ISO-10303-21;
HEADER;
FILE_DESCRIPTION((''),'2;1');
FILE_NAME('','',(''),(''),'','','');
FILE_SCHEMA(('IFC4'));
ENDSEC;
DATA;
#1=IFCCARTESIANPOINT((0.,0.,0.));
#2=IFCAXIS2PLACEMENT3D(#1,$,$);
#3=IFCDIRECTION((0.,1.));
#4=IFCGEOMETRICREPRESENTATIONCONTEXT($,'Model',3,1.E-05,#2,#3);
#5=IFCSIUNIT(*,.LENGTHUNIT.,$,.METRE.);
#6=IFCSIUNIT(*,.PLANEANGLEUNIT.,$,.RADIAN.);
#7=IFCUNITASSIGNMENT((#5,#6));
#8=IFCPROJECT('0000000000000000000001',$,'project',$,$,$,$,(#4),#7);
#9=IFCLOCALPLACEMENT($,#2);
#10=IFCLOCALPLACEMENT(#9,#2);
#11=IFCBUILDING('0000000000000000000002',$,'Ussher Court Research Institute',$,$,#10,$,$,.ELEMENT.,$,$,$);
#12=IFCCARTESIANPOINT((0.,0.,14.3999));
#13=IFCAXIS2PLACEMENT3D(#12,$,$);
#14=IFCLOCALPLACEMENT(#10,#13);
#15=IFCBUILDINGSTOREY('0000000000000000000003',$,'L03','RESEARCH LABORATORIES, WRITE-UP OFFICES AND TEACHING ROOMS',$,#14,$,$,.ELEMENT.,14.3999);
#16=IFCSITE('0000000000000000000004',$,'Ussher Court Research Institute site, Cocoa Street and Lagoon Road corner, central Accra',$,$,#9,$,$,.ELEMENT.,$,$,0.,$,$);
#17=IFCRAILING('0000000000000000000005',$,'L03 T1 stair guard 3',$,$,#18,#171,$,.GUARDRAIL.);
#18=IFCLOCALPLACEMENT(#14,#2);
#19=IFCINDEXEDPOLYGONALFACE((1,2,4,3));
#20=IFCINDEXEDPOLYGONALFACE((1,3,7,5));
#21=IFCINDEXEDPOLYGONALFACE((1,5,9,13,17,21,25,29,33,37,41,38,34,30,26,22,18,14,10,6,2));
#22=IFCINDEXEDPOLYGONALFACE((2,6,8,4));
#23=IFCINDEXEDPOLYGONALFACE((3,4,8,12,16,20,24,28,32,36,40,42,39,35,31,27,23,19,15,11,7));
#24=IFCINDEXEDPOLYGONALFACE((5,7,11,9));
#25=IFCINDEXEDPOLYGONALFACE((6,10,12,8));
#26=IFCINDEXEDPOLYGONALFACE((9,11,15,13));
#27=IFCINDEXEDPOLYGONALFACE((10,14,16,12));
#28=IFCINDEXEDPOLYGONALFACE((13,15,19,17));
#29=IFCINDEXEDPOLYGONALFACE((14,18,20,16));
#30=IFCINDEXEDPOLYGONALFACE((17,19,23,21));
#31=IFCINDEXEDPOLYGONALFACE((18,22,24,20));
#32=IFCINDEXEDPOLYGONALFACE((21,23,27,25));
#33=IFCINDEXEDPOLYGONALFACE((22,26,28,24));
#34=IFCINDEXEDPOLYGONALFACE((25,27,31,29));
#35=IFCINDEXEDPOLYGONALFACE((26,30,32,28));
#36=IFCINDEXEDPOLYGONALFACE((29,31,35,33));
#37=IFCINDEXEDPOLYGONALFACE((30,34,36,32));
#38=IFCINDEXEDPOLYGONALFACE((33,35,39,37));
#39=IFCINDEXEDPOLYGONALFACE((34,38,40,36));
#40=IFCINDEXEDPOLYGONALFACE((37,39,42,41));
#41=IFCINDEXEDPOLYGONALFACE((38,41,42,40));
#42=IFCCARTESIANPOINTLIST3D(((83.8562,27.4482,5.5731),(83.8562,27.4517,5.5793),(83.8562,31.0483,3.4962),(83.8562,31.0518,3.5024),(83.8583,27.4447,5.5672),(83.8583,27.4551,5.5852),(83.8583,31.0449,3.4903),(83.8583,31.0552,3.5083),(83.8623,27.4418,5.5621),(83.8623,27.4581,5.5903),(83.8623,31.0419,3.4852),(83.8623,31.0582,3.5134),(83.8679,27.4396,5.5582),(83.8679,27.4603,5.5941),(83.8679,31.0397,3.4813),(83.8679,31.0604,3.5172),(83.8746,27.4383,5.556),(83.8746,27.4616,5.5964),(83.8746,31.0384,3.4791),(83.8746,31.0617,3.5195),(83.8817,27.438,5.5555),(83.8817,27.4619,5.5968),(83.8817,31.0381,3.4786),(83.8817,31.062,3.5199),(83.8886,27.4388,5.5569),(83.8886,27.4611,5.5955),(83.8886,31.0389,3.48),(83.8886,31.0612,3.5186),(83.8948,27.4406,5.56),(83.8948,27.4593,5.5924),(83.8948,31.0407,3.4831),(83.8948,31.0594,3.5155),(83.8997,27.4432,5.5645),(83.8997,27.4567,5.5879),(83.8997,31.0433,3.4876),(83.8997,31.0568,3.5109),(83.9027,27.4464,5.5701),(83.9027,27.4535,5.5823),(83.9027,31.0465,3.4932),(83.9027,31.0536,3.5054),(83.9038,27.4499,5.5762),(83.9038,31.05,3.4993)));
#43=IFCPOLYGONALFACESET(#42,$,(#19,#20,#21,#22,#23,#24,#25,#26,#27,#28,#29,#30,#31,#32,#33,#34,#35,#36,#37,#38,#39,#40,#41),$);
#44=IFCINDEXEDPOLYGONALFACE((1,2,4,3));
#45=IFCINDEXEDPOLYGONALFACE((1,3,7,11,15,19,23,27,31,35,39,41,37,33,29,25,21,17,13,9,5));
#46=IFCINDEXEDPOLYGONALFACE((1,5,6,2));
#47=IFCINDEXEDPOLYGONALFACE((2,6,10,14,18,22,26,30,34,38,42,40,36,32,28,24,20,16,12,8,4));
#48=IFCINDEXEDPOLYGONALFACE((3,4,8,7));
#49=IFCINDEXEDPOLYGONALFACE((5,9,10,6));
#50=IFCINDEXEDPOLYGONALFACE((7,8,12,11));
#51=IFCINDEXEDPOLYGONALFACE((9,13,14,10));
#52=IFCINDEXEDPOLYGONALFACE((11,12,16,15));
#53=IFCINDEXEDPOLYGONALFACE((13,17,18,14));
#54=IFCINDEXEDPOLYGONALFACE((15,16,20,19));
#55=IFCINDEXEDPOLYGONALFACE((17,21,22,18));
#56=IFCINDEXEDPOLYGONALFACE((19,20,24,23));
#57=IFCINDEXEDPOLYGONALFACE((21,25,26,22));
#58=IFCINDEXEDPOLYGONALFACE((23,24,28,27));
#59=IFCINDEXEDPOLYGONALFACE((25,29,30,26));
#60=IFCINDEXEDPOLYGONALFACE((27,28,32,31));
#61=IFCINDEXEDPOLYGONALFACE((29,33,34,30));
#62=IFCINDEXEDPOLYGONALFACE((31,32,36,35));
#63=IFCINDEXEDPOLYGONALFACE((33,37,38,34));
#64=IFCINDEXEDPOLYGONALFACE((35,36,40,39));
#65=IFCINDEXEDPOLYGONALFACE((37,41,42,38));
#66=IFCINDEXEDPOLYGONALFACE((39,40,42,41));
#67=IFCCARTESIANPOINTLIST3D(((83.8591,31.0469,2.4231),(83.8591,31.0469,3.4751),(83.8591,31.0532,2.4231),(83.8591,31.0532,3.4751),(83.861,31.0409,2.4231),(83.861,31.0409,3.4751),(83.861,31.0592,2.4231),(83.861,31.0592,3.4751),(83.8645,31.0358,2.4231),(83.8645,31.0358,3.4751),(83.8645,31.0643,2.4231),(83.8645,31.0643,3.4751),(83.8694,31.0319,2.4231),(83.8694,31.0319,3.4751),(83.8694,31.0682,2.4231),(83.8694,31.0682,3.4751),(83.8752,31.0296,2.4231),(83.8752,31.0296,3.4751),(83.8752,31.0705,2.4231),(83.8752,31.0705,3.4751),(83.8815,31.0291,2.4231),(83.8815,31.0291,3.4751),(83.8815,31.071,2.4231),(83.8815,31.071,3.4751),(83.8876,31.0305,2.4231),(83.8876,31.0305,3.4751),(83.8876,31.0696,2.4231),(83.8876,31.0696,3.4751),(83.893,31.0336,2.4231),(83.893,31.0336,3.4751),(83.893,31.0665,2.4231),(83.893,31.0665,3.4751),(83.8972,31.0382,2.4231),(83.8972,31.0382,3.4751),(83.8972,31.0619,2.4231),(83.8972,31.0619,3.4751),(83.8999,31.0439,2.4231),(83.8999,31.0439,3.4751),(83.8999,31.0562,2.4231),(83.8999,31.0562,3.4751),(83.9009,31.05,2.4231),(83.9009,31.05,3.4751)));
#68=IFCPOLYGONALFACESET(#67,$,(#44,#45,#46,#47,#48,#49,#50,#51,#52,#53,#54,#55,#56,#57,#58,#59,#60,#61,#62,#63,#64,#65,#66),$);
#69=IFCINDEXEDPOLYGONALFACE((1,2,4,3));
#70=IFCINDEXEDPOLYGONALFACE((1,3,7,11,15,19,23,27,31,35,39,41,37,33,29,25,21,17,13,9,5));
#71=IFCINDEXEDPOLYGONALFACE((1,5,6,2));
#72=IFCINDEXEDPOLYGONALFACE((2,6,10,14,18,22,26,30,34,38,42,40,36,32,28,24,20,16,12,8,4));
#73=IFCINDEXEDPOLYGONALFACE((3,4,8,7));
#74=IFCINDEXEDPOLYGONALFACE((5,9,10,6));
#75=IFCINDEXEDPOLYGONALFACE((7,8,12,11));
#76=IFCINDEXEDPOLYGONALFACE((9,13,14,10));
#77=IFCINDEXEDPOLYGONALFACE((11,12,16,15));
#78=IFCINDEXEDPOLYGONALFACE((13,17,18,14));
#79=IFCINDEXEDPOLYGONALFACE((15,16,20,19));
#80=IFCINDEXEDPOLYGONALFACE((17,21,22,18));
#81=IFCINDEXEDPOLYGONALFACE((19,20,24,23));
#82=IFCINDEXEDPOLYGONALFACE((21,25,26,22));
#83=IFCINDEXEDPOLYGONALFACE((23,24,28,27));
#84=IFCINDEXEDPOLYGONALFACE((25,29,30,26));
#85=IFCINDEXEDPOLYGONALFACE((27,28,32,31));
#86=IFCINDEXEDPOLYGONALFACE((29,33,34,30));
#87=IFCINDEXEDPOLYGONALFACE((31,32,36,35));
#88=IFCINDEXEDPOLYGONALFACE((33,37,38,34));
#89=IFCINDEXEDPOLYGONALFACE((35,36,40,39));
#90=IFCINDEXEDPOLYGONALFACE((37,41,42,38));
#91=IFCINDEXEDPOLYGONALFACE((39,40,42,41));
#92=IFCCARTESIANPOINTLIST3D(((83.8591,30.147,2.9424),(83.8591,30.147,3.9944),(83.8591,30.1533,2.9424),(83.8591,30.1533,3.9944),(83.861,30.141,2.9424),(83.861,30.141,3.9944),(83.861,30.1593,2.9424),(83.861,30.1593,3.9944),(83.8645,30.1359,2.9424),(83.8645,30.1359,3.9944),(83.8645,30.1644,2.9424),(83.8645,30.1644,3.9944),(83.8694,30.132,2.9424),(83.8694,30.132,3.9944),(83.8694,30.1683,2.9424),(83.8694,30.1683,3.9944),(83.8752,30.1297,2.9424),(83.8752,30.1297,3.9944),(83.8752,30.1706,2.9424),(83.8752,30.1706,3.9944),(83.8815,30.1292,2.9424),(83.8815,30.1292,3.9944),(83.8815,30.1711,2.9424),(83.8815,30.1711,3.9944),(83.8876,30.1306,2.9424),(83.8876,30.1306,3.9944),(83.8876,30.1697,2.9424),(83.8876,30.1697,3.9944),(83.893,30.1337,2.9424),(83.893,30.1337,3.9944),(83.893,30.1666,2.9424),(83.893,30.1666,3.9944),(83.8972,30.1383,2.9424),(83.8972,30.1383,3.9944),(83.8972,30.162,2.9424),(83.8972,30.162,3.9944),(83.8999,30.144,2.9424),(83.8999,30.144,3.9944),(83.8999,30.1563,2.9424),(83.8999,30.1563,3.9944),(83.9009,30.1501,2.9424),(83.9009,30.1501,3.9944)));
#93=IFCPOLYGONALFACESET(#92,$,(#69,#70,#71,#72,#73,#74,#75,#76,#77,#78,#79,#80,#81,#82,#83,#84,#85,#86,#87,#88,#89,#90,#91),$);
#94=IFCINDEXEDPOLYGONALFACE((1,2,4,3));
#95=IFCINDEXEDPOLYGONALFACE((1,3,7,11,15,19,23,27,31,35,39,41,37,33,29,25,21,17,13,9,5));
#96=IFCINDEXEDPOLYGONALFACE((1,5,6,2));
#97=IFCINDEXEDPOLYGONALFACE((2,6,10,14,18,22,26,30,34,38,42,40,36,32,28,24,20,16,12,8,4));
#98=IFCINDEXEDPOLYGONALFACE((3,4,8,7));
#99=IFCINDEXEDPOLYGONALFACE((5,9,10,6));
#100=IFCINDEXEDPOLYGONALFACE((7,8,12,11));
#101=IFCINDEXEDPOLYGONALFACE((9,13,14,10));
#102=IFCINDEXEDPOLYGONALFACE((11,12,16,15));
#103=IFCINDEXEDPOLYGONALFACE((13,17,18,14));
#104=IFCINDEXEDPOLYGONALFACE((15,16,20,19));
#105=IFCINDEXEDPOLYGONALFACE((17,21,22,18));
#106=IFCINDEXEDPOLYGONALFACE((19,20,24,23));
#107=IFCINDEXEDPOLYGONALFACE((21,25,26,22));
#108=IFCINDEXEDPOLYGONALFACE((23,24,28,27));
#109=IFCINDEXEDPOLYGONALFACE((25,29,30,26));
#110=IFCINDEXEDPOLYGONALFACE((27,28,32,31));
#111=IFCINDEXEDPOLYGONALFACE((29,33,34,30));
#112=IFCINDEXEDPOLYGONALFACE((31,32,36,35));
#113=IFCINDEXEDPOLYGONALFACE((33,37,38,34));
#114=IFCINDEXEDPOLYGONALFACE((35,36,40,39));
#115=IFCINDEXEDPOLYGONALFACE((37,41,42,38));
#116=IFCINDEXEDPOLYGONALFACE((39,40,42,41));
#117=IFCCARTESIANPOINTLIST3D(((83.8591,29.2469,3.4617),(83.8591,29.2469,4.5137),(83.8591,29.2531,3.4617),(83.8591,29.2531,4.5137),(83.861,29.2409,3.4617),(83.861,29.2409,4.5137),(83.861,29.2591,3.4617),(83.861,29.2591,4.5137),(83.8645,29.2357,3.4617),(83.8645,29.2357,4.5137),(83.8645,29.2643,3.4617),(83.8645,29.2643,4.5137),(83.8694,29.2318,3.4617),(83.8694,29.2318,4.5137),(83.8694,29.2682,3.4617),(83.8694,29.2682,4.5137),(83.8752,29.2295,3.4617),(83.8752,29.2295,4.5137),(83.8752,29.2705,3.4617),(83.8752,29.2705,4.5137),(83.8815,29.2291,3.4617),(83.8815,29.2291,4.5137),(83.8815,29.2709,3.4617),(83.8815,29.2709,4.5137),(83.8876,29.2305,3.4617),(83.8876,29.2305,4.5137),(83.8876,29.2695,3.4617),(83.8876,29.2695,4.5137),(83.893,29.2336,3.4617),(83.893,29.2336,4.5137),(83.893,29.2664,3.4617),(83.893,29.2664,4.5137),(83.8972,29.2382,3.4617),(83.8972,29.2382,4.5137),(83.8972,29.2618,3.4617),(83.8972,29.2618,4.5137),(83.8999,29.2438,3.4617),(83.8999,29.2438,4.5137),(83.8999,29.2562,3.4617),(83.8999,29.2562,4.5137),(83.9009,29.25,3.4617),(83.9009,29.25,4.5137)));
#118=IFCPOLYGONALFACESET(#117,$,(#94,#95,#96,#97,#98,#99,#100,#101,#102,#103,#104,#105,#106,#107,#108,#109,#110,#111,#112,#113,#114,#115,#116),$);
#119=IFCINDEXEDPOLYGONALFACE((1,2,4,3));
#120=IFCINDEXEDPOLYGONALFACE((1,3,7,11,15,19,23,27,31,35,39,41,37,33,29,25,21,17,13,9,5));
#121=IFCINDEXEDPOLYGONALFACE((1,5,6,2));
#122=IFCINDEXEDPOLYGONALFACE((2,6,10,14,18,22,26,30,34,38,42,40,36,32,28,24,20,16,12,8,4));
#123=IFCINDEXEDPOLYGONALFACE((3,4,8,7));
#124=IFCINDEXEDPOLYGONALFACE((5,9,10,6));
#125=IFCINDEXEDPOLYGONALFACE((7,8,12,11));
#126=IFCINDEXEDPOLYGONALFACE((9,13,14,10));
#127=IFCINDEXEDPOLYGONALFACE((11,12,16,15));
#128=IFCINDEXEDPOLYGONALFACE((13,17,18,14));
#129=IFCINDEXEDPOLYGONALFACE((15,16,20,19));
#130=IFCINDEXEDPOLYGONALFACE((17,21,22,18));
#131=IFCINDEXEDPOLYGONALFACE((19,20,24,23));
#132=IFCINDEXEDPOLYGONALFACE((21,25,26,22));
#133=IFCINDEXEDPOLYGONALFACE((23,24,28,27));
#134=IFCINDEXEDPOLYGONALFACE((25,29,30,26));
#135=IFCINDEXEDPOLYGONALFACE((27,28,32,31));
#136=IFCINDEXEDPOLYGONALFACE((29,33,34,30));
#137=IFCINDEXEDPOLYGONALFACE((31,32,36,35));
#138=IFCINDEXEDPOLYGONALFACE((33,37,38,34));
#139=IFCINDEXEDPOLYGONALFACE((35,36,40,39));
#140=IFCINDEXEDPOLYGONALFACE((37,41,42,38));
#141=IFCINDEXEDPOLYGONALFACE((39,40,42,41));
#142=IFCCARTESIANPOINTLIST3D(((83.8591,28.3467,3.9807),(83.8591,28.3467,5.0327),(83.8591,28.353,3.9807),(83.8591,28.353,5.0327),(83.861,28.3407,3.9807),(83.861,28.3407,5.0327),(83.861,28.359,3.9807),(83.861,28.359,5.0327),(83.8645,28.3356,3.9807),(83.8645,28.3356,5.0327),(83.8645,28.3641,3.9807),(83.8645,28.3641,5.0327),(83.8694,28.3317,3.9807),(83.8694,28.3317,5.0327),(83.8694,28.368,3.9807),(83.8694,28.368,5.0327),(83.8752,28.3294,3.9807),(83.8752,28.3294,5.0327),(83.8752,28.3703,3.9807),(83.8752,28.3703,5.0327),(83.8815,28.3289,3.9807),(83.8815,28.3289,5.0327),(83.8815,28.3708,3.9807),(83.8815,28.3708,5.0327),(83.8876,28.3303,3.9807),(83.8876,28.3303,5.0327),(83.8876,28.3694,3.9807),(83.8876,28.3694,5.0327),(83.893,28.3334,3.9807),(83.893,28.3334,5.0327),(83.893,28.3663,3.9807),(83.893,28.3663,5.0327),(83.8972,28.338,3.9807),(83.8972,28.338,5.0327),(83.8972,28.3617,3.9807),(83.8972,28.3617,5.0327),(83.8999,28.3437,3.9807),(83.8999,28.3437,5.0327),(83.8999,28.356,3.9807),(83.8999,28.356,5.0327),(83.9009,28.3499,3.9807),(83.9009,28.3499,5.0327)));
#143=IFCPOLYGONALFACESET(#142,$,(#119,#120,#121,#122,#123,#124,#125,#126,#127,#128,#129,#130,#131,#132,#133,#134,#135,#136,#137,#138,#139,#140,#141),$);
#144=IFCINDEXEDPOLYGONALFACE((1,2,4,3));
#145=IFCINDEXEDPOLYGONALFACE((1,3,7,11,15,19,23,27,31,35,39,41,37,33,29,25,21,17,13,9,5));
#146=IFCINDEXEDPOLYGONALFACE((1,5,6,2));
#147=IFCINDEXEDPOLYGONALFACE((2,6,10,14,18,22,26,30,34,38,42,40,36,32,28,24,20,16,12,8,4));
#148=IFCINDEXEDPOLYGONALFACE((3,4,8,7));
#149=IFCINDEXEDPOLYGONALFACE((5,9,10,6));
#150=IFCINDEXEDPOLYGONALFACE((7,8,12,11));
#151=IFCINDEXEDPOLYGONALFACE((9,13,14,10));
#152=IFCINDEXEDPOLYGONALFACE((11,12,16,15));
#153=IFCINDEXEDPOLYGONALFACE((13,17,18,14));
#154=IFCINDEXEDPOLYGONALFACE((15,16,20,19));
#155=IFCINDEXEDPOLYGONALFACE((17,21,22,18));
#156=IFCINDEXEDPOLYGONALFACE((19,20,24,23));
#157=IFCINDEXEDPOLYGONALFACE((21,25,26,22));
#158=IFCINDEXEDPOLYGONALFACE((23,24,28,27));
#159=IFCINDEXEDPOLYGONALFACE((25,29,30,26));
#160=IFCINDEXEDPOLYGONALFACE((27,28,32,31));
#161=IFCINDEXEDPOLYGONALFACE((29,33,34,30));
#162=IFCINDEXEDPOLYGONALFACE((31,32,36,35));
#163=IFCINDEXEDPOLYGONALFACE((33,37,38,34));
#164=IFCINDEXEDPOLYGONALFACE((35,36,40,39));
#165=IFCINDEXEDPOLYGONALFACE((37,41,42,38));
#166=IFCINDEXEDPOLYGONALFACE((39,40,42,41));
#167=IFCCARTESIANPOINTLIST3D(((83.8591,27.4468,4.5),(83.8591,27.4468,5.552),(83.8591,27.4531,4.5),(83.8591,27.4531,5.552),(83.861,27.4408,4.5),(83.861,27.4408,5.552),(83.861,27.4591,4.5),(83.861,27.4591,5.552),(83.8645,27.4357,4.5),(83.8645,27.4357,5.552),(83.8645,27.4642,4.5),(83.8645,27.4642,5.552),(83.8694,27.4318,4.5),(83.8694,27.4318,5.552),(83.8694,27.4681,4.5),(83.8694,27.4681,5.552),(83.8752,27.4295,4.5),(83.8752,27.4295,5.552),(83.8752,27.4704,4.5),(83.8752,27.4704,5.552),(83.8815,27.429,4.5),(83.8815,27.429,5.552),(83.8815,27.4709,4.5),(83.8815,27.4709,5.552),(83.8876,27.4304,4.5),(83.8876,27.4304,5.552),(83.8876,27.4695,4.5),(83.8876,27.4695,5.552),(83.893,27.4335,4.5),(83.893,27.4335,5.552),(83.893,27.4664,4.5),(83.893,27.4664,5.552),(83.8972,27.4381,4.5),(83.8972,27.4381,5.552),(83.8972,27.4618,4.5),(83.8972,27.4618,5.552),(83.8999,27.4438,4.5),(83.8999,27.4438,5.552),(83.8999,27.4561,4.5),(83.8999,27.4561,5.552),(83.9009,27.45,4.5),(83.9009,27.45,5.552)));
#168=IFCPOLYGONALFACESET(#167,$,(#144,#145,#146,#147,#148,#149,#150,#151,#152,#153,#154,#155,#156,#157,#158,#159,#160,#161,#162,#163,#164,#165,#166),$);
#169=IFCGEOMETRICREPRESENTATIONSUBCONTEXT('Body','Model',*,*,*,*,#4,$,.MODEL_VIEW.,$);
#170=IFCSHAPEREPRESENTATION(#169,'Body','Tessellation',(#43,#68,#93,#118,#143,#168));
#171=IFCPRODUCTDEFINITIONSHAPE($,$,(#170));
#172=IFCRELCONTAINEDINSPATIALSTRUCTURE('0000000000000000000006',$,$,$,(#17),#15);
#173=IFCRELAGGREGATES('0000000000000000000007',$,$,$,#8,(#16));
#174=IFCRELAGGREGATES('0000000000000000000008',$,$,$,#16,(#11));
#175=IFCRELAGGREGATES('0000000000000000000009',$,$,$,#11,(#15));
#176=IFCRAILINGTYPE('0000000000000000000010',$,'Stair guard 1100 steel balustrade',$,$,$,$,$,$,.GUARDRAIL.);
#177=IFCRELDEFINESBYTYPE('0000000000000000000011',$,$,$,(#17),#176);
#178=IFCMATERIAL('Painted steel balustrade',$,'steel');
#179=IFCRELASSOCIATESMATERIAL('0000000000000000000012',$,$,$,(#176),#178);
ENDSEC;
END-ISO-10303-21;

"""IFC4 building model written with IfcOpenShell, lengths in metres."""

from ifc_helpers import new_model, si_unit, direction, frame, origin, origin_2d, place, context, subcontext, project, spatial, circle, extrude, material, type_object, element, save


model = new_model("IFC4")

# Units and contexts
model_context = context("Model", 3, precision=1e-05, world=origin(), true_north=direction((0.0, 1.0)))
body_context = subcontext(model_context, "Body", "Model", "MODEL_VIEW")
ifc_project = project(units=[si_unit("LENGTHUNIT", "METRE"), si_unit("PLANEANGLEUNIT", "RADIAN")], contexts=[model_context])

# Site, building, storey
site_placement = place(None, origin())
site = spatial("IfcSite", under=ifc_project, at=site_placement, Name="Ussher Court Research Institute site, Cocoa Street and Lagoon Road corner, central Accra", CompositionType="ELEMENT", RefElevation=0.0)
building_placement = place(site_placement, origin())
building = spatial("IfcBuilding", under=site, at=building_placement, Name="Ussher Court Research Institute", CompositionType="ELEMENT")
storey_placement = place(building_placement, frame((0.0, 0.0, 14.3999)))
storey = spatial("IfcBuildingStorey", under=building, at=storey_placement, Name="L03", Description="RESEARCH LABORATORIES, WRITE-UP OFFICES AND TEACHING ROOMS", CompositionType="ELEMENT", Elevation=14.3999)

# Railing
ifc_material_1 = material(Name="Painted steel balustrade", Category="steel")
railing_type_1 = type_object("IfcRailingType", Name="Stair guard 1100 steel balustrade", PredefinedType="GUARDRAIL", material=ifc_material_1)
railing_1_placement = place(storey_placement, frame((83.8799, 31.05, 2.4231)))
element("IfcRailing", 1, at=railing_1_placement, inside=storey, type_object=railing_type_1, Name="L03 T1 stair guard 3", PredefinedType="GUARDRAIL", context=body_context, shape_type="SweptSolid", body=[
    extrude(circle(Radius=0.0239, at=origin_2d()), frame((0.0, 0.0, 1.0762), z_axis=(0.0, -0.866193, 0.499709), x_axis=(1.0, 0.0, 0.0)), (0.0, 0.0, 1.0), 4.1562),
    extrude(circle(Radius=0.021, at=origin_2d()), origin(), (0.0, 0.0, 1.0), 1.052),
    extrude(circle(Radius=0.021, at=origin_2d()), frame((0.0, -0.8999, 0.5193)), (0.0, 0.0, 1.0), 1.052),
    extrude(circle(Radius=0.021, at=origin_2d()), frame((0.0, -1.8, 1.0386)), (0.0, 0.0, 1.0), 1.052),
    extrude(circle(Radius=0.021, at=origin_2d()), frame((0.0, -2.7002, 1.5576)), (0.0, 0.0, 1.0), 1.052),
    extrude(circle(Radius=0.021, at=origin_2d()), frame((0.0, -3.6001, 2.0769)), (0.0, 0.0, 1.0), 1.052),
])

save(model, "model.ifc")
